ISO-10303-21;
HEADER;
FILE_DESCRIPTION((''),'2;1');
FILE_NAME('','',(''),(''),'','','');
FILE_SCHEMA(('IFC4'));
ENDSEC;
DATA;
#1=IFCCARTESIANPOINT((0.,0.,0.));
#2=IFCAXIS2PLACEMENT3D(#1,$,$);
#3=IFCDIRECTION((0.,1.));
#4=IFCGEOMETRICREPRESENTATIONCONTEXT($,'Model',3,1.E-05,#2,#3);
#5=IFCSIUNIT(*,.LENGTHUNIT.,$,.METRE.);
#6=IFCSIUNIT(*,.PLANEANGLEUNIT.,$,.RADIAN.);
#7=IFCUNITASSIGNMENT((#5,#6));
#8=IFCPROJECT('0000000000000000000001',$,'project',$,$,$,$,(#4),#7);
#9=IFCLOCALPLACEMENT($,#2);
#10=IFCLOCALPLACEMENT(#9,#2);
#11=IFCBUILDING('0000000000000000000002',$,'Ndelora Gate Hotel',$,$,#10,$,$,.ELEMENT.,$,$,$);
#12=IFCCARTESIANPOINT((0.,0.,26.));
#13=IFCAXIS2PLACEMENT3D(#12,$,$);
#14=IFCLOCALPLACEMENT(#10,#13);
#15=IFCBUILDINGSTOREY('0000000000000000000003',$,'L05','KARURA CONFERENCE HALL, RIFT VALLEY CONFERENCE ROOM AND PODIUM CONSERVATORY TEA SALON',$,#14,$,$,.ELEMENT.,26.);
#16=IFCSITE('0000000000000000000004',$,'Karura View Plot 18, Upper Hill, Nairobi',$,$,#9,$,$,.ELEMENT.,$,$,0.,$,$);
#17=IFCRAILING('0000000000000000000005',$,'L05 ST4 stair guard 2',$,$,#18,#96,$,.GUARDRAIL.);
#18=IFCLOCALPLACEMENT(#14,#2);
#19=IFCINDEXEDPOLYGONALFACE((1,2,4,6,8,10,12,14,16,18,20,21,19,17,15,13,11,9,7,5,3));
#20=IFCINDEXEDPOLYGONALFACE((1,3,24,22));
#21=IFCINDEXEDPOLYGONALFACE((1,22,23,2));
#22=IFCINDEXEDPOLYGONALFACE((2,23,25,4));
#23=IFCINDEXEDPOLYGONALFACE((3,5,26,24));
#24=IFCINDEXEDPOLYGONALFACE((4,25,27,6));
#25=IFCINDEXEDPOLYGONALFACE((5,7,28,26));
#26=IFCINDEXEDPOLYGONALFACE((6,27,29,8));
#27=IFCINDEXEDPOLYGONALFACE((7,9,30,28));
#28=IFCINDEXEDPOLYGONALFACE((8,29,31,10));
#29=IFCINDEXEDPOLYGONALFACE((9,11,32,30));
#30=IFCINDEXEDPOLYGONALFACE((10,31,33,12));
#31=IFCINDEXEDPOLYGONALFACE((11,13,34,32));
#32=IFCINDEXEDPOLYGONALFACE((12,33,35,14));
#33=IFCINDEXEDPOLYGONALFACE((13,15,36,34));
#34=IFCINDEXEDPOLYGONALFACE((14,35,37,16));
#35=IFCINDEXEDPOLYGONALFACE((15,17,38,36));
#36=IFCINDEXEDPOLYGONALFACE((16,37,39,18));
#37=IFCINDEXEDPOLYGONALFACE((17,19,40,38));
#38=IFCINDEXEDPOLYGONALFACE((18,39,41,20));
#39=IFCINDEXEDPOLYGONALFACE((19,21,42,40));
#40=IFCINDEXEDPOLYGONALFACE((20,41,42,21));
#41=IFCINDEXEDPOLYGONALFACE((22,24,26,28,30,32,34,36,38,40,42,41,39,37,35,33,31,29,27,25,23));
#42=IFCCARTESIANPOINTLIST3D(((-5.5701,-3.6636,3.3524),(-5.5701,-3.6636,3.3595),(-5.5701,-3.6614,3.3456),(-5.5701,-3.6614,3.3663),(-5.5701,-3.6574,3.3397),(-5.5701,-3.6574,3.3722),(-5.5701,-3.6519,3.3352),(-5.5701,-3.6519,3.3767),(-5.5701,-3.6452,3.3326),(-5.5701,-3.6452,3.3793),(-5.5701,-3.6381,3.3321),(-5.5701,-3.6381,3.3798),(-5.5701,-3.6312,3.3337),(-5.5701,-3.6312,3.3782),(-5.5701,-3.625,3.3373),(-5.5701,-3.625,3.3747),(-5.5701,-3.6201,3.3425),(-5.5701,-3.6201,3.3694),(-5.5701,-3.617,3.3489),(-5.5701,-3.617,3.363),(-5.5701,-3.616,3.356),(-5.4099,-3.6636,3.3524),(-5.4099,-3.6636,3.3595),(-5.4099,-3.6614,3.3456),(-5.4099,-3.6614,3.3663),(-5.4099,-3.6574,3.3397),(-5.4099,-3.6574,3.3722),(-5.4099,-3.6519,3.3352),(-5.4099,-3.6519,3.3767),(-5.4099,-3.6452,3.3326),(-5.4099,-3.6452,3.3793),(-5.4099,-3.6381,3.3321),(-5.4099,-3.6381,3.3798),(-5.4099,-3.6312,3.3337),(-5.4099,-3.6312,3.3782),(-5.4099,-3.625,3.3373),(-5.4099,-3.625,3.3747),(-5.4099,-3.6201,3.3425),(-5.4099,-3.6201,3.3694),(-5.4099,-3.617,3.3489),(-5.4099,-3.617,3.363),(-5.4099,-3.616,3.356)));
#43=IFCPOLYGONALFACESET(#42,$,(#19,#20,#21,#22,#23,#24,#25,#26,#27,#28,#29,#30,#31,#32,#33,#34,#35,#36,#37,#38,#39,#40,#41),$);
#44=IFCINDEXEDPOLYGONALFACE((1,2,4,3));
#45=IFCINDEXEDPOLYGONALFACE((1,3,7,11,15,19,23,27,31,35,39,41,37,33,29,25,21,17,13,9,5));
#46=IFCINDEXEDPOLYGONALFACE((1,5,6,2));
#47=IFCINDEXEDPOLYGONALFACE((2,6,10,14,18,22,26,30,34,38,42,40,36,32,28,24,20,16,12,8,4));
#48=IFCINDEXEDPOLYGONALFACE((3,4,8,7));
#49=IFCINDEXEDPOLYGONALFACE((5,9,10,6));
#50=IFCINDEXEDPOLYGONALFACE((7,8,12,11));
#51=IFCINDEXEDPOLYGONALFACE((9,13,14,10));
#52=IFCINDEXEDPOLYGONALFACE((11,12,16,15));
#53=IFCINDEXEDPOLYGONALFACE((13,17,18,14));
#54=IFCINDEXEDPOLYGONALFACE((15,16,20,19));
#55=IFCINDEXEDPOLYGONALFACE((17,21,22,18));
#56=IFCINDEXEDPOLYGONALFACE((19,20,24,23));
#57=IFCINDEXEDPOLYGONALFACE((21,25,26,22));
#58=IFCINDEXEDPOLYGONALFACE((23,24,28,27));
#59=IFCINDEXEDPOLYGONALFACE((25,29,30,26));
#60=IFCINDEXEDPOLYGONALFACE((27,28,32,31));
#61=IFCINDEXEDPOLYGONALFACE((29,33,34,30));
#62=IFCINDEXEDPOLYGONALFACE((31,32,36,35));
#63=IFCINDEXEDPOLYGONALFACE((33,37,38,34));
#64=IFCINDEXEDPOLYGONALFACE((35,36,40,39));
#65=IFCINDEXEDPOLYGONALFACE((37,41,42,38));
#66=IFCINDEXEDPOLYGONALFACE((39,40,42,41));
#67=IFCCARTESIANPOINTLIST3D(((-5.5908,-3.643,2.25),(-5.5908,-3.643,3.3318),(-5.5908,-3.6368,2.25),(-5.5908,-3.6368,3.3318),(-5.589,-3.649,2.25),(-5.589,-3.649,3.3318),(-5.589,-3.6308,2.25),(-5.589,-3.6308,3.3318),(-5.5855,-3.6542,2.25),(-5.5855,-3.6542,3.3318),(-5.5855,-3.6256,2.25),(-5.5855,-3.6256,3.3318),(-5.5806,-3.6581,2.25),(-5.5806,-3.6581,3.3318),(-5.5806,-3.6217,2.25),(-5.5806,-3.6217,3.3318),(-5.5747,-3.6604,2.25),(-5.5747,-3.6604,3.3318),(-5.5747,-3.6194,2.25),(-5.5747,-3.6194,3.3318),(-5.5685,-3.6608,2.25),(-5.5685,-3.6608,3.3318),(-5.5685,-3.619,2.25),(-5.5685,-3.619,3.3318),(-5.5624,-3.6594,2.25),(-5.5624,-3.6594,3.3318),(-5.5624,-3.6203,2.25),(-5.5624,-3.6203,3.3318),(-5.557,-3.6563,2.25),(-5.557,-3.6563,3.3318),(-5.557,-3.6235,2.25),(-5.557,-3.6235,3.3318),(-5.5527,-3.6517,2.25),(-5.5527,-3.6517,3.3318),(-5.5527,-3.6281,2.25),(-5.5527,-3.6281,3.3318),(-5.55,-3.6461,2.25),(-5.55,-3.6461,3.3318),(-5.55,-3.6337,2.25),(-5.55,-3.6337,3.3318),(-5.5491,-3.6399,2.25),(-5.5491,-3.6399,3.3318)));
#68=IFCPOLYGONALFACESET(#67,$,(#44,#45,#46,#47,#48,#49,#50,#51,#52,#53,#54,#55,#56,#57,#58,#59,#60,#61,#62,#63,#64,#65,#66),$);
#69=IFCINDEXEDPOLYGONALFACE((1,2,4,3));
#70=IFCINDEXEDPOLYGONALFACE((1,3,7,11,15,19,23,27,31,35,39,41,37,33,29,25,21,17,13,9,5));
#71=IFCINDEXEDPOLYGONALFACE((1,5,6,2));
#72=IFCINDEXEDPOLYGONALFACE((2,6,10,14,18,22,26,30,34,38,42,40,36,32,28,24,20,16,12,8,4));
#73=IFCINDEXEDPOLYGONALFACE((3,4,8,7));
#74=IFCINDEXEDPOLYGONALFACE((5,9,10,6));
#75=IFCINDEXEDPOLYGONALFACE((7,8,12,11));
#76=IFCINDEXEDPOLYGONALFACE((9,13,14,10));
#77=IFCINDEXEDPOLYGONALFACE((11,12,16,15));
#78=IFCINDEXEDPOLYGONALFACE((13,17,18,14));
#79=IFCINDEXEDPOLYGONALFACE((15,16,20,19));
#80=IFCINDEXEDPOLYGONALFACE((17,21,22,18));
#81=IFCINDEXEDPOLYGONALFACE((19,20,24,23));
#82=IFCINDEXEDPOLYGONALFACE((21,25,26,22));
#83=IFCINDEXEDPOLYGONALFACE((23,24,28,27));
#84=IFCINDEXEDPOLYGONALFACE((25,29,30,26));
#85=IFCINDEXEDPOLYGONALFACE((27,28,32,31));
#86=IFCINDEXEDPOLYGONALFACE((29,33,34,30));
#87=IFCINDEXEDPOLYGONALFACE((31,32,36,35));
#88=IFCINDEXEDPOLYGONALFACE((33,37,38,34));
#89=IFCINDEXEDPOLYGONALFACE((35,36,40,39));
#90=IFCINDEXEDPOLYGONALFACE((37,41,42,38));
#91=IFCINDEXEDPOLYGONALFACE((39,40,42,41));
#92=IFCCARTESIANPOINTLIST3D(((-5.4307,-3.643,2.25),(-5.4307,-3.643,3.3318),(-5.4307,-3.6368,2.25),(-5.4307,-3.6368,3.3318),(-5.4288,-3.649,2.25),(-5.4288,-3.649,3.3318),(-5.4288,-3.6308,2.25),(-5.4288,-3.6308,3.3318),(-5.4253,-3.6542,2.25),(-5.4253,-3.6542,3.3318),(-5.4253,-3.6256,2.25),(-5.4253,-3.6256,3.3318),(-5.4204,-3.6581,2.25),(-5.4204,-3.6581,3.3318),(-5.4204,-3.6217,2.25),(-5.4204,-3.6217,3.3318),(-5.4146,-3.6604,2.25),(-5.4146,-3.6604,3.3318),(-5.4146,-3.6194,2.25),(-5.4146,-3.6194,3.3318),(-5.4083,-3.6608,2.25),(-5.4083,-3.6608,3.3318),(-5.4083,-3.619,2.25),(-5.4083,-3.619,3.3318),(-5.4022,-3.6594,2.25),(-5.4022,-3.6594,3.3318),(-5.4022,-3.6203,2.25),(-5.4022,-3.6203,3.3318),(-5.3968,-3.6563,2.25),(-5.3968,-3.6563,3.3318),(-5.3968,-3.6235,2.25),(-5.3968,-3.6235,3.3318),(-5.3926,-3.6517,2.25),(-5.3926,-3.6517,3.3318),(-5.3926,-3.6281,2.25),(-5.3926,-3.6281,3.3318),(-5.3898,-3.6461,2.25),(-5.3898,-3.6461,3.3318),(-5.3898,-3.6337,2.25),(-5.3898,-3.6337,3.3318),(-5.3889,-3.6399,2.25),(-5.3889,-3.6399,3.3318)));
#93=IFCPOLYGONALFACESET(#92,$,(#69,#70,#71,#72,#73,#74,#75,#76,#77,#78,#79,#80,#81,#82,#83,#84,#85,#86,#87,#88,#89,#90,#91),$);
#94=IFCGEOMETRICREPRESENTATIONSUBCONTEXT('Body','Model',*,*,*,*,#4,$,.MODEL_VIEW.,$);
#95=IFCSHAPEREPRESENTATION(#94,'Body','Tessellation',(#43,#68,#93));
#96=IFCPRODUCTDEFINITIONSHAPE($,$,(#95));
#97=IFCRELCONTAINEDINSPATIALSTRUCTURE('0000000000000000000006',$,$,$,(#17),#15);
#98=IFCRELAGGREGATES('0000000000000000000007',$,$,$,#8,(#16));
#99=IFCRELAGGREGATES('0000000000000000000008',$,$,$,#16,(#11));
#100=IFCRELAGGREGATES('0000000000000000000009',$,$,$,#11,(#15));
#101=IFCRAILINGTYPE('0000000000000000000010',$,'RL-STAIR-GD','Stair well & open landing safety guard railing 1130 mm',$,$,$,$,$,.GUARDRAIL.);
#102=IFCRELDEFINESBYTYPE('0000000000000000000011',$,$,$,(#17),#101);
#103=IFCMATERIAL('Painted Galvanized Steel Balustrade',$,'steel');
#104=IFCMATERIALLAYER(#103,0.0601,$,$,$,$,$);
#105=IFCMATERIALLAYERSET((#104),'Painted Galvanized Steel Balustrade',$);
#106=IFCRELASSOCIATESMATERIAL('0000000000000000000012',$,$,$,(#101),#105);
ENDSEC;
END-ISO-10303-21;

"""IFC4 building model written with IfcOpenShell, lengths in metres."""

from ifc_helpers import new_model, si_unit, direction, frame, origin, origin_2d, place, context, subcontext, project, spatial, circle, extrude, material, layer, layer_set, type_object, element, save


model = new_model("IFC4")

# Units and contexts
model_context = context("Model", 3, precision=1e-05, world=origin(), true_north=direction((0.0, 1.0)))
body_context = subcontext(model_context, "Body", "Model", "MODEL_VIEW")
ifc_project = project(units=[si_unit("LENGTHUNIT", "METRE"), si_unit("PLANEANGLEUNIT", "RADIAN")], contexts=[model_context])

# Site, building, storey
site_placement = place(None, origin())
site = spatial("IfcSite", under=ifc_project, at=site_placement, Name="Karura View Plot 18, Upper Hill, Nairobi", CompositionType="ELEMENT", RefElevation=0.0)
building_placement = place(site_placement, origin())
building = spatial("IfcBuilding", under=site, at=building_placement, Name="Ndelora Gate Hotel", CompositionType="ELEMENT")
storey_placement = place(building_placement, frame((0.0, 0.0, 26.0)))
storey = spatial("IfcBuildingStorey", under=building, at=storey_placement, Name="L05", Description="KARURA CONFERENCE HALL, RIFT VALLEY CONFERENCE ROOM AND PODIUM CONSERVATORY TEA SALON", CompositionType="ELEMENT", Elevation=26.0)

# Railing
ifc_material_1 = material(Name="Painted Galvanized Steel Balustrade", Category="steel")
ifc_layer_1 = layer(ifc_material_1, 0.0601)
ifc_layer_set_1 = layer_set([ifc_layer_1], Name="Painted Galvanized Steel Balustrade")
railing_type = type_object("IfcRailingType", Name="RL-STAIR-GD", Description="Stair well & open landing safety guard railing 1130 mm", PredefinedType="GUARDRAIL", material=ifc_layer_set_1)
railing_1_placement = place(storey_placement, frame((-5.5701, -3.6399, 2.25)))
element("IfcRailing", 1, at=railing_1_placement, inside=storey, type_object=railing_type, Name="L05 ST4 stair guard 2", PredefinedType="GUARDRAIL", context=body_context, shape_type="SweptSolid", body=[
    extrude(circle(Radius=0.0239, at=origin_2d()), frame((0.0, 0.0, 1.106), z_axis=(1.0, 0.0, 0.0), x_axis=(0.0, 1.0, 0.0)), (0.0, 0.0, 1.0), 0.1602),
    extrude(circle(Radius=0.021, at=origin_2d()), origin(), (0.0, 0.0, 1.0), 1.0818),
    extrude(circle(Radius=0.021, at=origin_2d()), frame((0.1602, 0.0, 0.0)), (0.0, 0.0, 1.0), 1.0818),
])

save(model, "model.ifc")
